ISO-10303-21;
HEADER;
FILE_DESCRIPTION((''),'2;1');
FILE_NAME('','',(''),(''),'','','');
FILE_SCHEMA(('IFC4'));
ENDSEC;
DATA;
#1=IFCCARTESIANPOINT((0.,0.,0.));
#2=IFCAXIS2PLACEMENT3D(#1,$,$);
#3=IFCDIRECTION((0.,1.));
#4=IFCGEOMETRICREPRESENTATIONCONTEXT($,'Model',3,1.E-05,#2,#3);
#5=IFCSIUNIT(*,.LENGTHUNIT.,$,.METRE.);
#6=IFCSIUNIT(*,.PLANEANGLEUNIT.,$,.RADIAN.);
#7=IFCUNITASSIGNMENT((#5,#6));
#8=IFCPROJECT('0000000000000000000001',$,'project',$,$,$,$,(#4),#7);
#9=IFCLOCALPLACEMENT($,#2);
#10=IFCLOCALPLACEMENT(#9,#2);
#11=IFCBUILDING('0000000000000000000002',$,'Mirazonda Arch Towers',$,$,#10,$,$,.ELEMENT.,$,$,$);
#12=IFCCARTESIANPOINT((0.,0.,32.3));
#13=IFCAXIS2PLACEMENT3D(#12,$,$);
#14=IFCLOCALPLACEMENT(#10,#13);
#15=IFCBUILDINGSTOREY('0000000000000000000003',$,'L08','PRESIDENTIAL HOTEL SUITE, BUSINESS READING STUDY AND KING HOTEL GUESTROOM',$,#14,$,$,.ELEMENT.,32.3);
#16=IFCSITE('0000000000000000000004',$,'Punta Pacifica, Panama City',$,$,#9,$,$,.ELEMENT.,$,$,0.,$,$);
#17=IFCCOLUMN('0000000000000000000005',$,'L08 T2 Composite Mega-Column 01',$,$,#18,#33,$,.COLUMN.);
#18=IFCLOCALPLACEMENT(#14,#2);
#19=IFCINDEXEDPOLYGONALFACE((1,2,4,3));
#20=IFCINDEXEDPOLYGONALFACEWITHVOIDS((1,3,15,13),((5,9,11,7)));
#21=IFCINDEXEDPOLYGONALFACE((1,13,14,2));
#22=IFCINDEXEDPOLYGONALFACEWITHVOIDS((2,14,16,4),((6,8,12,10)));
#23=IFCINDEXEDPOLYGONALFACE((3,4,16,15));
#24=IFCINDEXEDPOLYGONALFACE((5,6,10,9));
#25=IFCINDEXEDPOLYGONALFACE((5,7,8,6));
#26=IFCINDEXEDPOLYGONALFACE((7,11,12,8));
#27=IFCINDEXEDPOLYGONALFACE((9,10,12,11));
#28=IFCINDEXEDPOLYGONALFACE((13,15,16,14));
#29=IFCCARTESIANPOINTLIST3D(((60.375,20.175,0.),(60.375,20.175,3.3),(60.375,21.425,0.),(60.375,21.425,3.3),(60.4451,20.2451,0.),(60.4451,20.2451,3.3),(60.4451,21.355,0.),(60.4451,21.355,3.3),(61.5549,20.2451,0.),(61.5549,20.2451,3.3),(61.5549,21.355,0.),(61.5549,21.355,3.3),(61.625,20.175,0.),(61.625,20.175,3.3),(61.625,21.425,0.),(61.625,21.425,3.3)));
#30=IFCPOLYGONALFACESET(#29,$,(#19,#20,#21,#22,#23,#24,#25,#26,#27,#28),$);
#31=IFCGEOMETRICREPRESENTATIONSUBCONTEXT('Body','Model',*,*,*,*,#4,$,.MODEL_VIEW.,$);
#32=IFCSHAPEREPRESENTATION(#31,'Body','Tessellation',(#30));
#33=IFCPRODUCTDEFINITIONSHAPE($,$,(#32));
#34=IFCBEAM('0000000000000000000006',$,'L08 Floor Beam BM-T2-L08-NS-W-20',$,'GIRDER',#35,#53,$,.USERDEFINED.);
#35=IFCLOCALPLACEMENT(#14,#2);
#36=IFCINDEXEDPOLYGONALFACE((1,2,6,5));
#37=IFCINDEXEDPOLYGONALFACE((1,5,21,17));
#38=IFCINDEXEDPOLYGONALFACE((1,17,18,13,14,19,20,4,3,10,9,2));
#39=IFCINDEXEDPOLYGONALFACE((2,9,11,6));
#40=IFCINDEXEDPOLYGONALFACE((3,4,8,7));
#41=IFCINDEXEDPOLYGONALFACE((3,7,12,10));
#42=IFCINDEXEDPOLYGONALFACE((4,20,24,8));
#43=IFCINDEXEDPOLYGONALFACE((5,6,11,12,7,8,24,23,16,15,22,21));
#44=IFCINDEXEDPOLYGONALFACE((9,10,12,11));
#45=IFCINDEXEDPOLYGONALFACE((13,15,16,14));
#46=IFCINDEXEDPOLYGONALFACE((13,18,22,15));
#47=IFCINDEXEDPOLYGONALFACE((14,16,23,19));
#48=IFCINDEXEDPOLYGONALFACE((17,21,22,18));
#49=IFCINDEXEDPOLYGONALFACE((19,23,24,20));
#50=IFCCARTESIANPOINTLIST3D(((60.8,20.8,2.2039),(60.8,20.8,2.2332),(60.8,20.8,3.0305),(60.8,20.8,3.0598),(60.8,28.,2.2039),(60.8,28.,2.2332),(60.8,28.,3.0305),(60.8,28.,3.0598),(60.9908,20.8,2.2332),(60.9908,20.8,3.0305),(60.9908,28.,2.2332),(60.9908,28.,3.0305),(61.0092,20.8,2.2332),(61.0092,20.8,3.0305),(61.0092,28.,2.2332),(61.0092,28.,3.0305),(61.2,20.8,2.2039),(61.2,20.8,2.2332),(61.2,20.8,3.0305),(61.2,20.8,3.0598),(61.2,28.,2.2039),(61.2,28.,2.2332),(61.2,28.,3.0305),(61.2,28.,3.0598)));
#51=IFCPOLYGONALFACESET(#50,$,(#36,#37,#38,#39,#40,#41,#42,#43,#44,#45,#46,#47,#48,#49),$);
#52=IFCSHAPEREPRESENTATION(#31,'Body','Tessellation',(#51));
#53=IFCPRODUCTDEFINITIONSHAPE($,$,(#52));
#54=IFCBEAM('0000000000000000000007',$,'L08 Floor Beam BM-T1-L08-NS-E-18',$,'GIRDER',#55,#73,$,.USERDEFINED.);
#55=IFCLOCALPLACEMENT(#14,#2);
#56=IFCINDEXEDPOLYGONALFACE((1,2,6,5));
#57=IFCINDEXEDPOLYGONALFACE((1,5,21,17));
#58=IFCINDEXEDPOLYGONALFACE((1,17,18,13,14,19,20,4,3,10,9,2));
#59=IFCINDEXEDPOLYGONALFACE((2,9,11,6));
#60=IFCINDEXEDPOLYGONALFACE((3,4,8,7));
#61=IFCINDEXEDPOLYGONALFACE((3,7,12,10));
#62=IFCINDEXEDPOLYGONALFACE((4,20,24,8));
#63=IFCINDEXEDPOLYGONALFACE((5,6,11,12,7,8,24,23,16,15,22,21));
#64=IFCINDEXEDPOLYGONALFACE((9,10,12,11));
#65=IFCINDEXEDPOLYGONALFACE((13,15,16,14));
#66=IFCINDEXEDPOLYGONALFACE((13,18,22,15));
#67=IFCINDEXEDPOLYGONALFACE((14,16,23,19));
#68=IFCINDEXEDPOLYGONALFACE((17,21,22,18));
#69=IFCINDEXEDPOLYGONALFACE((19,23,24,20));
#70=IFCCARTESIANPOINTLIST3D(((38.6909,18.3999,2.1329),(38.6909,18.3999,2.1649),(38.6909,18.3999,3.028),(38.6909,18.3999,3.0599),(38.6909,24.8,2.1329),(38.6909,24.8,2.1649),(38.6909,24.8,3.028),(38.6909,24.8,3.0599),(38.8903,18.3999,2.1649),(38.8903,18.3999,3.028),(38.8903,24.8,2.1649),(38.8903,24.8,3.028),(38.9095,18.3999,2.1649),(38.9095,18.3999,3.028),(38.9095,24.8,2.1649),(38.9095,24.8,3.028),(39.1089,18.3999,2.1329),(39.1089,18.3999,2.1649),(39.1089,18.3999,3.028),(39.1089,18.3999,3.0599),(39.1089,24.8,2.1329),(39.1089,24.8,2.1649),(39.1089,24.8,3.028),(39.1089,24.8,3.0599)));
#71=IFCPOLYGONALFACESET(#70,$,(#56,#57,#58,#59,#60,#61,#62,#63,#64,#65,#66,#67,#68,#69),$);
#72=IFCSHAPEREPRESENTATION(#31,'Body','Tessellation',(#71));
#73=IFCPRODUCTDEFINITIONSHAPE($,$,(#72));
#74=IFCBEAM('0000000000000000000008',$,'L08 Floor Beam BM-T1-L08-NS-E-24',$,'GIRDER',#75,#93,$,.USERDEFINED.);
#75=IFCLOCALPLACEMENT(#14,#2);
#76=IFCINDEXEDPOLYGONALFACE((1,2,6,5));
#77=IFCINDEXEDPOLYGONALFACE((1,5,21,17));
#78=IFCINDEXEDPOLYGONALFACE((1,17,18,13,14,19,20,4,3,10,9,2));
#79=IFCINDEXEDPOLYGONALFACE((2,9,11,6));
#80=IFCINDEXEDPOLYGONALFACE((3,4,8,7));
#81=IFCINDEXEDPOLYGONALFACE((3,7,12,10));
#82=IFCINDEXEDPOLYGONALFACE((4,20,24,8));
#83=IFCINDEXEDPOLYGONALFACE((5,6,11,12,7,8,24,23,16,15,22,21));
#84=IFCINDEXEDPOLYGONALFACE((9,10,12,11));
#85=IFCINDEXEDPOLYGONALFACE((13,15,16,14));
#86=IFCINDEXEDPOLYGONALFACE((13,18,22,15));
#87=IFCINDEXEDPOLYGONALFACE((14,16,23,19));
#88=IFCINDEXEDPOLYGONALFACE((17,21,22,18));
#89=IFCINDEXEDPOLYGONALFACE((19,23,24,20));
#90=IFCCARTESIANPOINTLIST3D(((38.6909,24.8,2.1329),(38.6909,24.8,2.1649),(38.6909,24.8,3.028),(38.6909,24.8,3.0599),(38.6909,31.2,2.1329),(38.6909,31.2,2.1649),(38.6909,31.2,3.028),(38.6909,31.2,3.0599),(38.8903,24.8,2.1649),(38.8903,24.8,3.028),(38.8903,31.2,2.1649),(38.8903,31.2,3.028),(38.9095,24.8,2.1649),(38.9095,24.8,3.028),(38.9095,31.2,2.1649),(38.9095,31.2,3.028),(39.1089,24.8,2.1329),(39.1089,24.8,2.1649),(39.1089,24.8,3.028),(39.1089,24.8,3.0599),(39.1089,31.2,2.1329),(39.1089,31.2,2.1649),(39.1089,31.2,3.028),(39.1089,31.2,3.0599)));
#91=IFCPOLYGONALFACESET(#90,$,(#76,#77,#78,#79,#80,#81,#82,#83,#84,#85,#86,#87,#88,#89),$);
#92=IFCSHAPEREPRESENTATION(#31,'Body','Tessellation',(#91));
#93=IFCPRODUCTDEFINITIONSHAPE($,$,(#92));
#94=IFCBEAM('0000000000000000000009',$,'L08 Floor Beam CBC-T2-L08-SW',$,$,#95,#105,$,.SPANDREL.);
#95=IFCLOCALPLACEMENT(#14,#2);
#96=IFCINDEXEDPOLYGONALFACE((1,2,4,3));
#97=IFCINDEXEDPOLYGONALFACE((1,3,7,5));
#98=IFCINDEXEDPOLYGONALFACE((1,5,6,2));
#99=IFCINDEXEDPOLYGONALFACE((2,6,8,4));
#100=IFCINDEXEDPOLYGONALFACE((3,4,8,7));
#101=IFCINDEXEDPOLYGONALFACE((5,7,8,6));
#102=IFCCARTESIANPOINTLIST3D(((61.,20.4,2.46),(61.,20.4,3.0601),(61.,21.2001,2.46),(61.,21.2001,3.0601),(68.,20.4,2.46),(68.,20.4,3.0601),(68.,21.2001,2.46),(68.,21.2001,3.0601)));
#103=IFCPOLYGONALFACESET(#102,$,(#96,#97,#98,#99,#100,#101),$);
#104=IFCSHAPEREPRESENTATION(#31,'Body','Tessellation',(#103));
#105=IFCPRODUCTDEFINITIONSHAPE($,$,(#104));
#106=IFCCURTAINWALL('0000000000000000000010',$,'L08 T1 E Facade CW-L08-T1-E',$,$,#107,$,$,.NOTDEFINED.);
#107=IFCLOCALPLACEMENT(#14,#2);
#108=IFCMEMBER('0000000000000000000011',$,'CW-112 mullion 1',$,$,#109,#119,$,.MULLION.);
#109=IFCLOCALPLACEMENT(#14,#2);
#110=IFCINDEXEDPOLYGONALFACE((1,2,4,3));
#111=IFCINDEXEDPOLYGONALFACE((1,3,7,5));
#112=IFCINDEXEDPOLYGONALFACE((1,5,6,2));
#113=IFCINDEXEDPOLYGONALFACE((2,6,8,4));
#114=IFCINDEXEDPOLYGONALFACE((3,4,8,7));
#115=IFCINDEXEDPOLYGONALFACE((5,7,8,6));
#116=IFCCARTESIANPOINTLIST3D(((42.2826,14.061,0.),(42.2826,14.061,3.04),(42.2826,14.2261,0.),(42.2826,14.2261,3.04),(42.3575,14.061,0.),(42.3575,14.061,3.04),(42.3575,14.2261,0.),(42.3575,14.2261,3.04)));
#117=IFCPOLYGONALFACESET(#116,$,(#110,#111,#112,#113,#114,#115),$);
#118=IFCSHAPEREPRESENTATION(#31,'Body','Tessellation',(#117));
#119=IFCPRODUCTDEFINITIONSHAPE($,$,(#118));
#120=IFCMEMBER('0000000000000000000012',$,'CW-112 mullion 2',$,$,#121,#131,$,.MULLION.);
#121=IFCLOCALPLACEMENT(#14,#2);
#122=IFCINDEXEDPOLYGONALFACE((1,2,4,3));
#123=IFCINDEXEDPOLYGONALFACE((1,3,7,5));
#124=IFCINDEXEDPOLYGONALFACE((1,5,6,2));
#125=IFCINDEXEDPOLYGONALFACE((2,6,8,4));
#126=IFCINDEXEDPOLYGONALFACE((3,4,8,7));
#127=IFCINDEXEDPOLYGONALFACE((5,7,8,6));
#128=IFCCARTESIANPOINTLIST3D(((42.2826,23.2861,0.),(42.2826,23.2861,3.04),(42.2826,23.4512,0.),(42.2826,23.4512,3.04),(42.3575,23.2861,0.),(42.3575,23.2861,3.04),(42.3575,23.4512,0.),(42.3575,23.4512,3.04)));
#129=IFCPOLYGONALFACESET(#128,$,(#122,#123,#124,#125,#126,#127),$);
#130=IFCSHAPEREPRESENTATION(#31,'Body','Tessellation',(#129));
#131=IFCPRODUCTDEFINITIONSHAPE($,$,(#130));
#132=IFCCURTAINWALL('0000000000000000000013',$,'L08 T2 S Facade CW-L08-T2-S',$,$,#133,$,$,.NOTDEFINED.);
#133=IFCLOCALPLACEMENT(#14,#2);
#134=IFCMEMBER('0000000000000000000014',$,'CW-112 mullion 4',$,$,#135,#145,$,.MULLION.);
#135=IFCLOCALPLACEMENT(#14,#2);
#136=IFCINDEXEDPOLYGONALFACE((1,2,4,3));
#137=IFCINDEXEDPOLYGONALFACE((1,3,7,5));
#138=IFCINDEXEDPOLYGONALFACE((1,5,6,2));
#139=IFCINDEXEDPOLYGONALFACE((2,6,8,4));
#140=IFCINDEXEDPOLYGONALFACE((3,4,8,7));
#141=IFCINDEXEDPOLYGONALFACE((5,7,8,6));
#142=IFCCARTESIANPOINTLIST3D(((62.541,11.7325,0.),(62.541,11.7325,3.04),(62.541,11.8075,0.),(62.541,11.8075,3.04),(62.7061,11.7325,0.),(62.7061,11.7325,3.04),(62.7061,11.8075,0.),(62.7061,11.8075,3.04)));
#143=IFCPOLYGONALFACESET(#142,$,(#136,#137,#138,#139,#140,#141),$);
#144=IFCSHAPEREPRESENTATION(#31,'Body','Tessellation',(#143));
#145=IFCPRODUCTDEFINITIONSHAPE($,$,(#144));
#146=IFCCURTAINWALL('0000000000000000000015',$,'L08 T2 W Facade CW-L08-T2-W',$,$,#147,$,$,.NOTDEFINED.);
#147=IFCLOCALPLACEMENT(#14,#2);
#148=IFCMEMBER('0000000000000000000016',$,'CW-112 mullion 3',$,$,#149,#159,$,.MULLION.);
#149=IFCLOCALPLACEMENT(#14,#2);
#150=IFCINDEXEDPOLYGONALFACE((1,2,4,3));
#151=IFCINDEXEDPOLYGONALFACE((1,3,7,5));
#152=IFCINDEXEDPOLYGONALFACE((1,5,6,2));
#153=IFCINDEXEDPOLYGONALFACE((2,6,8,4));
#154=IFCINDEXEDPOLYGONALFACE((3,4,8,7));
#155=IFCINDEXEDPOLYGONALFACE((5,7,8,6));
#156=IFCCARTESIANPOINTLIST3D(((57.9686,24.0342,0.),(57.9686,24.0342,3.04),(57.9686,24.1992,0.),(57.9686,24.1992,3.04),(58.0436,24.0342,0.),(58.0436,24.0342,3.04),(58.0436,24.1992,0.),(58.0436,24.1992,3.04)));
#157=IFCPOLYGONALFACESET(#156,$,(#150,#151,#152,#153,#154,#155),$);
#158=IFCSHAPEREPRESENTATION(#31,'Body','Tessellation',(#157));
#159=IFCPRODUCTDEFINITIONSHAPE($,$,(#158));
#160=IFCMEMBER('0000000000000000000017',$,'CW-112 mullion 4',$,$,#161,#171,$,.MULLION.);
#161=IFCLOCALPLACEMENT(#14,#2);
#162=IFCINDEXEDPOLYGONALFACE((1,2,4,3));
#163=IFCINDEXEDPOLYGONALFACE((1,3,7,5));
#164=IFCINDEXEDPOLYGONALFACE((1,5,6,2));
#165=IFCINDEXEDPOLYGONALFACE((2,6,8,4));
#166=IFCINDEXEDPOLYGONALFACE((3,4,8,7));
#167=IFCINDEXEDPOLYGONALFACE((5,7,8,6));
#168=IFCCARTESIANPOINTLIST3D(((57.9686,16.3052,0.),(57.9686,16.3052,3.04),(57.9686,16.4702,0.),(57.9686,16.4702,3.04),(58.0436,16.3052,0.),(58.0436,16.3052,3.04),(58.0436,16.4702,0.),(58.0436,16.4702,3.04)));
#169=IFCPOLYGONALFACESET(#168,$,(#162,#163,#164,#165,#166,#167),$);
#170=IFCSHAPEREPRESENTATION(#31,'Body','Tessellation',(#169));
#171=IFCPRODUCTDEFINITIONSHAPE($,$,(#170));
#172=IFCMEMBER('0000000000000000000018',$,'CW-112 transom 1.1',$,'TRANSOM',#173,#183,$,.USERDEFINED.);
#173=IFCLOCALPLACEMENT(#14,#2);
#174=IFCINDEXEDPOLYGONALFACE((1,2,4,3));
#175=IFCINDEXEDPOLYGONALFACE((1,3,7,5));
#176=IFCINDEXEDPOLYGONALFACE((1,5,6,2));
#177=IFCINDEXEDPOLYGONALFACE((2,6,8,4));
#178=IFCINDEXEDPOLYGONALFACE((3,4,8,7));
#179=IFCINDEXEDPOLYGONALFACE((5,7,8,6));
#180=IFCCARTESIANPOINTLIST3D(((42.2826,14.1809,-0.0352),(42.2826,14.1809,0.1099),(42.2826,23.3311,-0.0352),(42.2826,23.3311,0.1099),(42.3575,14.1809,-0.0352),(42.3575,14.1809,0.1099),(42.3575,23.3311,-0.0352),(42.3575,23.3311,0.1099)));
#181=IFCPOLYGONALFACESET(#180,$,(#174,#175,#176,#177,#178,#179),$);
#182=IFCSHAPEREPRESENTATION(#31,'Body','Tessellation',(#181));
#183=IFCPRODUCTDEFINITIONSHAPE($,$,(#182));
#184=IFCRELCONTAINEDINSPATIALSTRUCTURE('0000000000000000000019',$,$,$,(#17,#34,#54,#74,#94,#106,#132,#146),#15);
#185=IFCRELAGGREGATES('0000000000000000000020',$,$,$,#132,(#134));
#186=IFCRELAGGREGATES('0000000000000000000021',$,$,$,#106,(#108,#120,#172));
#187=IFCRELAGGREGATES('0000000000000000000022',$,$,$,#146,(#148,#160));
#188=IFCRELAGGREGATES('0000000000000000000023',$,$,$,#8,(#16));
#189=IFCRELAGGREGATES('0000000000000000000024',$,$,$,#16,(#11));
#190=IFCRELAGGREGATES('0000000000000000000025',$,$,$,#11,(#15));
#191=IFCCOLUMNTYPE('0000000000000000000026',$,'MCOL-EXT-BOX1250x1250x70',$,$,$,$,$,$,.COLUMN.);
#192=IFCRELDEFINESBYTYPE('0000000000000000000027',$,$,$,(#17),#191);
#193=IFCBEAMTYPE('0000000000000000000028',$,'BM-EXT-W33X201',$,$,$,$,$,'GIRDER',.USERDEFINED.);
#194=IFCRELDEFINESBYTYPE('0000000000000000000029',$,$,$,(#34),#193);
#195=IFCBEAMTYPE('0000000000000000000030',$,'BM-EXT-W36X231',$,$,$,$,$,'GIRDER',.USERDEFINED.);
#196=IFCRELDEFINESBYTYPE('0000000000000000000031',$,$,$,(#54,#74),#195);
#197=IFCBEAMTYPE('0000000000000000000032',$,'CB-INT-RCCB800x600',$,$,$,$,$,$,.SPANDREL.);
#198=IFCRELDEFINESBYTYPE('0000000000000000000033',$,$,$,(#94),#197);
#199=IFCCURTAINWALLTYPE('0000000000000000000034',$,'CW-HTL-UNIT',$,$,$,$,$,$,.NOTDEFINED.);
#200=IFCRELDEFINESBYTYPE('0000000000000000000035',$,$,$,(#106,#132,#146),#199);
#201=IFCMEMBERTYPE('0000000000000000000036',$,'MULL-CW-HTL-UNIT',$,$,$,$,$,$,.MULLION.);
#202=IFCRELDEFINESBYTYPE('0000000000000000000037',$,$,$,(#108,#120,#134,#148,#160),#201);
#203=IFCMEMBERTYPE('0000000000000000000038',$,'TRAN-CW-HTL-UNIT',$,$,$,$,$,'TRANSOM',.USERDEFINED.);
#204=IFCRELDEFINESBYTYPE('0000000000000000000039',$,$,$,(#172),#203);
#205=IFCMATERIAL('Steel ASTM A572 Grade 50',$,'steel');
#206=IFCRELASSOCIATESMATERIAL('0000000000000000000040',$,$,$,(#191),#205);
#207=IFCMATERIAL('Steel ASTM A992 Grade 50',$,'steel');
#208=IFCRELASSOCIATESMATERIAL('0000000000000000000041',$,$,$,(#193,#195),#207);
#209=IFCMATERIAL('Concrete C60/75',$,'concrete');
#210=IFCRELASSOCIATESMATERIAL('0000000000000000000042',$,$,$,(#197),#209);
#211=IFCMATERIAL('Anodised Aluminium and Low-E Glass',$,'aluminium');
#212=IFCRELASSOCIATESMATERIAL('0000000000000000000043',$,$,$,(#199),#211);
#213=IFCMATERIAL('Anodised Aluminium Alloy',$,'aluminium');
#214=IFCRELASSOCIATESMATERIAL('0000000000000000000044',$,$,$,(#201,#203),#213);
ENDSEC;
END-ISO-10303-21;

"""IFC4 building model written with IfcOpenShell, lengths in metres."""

from ifc_helpers import new_model, si_unit, direction, frame, origin, origin_2d, place, context, subcontext, project, spatial, rectangle, hollow_rectangle, i_section, extrude, material, material_profile, profile_set, type_object, element, aggregate, save


model = new_model("IFC4")

# Units and contexts
model_context = context("Model", 3, precision=1e-05, world=origin(), true_north=direction((0.0, 1.0)))
body_context = subcontext(model_context, "Body", "Model", "MODEL_VIEW")
ifc_project = project(units=[si_unit("LENGTHUNIT", "METRE"), si_unit("PLANEANGLEUNIT", "RADIAN")], contexts=[model_context])

# Site, building, storey
site_placement = place(None, origin())
site = spatial("IfcSite", under=ifc_project, at=site_placement, Name="Punta Pacifica, Panama City", CompositionType="ELEMENT", RefElevation=0.0)
building_placement = place(site_placement, origin())
building = spatial("IfcBuilding", under=site, at=building_placement, Name="Mirazonda Arch Towers", CompositionType="ELEMENT")
storey_placement = place(building_placement, frame((0.0, 0.0, 32.3)))
storey = spatial("IfcBuildingStorey", under=building, at=storey_placement, Name="L08", Description="PRESIDENTIAL HOTEL SUITE, BUSINESS READING STUDY AND KING HOTEL GUESTROOM", CompositionType="ELEMENT", Elevation=32.3)

# Column
ifc_material_1 = material(Name="Steel ASTM A572 Grade 50", Category="steel")
ifc_material_profile_1 = material_profile(ifc_material_1, hollow_rectangle(XDim=1.25, YDim=1.25, WallThickness=0.0701, at=origin_2d()), Name="BOX1250x1250x70")
ifc_profile_set_1 = profile_set([ifc_material_profile_1], Name="Steel ASTM A572 Grade 50")
column_type = type_object("IfcColumnType", Name="MCOL-EXT-BOX1250x1250x70", PredefinedType="COLUMN", material=ifc_profile_set_1)
column_placement = place(storey_placement, frame((61.0, 20.8, 0.0), z_axis=(0.0, 0.0, 1.0), x_axis=(1.0, 0.0, 0.0)))
element("IfcColumn", 1, at=column_placement, inside=storey, type_object=column_type, Name="L08 T2 Composite Mega-Column 01", PredefinedType="COLUMN", context=body_context, shape_type="SweptSolid", body=[
    extrude(hollow_rectangle(XDim=1.25, YDim=1.25, WallThickness=0.0701, at=origin_2d()), origin(), (0.0, 0.0, 1.0), 3.3),
])

# Beams
ifc_material_2 = material(Name="Steel ASTM A992 Grade 50", Category="steel")
ifc_material_profile_2 = material_profile(ifc_material_2, i_section(OverallWidth=0.3999, OverallDepth=0.856, WebThickness=0.0183, FlangeThickness=0.0293, at=origin_2d()), Name="W33X201")
ifc_profile_set_2 = profile_set([ifc_material_profile_2], Name="Steel ASTM A992 Grade 50")
beam_type_1 = type_object("IfcBeamType", Name="BM-EXT-W33X201", ElementType="GIRDER", PredefinedType="USERDEFINED", material=ifc_profile_set_2)
beam_1_placement = place(storey_placement, frame((61.0, 20.8, 2.6318), z_axis=(0.0, 1.0, 0.0), x_axis=(-1.0, 0.0, 0.0)))
element("IfcBeam", 2, at=beam_1_placement, inside=storey, type_object=beam_type_1, Name="L08 Floor Beam BM-T2-L08-NS-W-20", ObjectType="GIRDER", PredefinedType="USERDEFINED", context=body_context, shape_type="SweptSolid", body=[
    extrude(i_section(OverallWidth=0.3999, OverallDepth=0.856, WebThickness=0.0183, FlangeThickness=0.0293, at=origin_2d()), origin(), (0.0, 0.0, 1.0), 7.2),
])
ifc_material_profile_3 = material_profile(ifc_material_2, i_section(OverallWidth=0.418, OverallDepth=0.927, WebThickness=0.0193, FlangeThickness=0.032, at=origin_2d()), Name="W36X231")
ifc_profile_set_3 = profile_set([ifc_material_profile_3], Name="Steel ASTM A992 Grade 50")
beam_type_2 = type_object("IfcBeamType", Name="BM-EXT-W36X231", ElementType="GIRDER", PredefinedType="USERDEFINED", material=ifc_profile_set_3)
beam_2_placement = place(storey_placement, frame((38.8999, 18.3999, 2.5964), z_axis=(0.0, 1.0, 0.0), x_axis=(-1.0, 0.0, 0.0)))
element("IfcBeam", 3, at=beam_2_placement, inside=storey, type_object=beam_type_2, Name="L08 Floor Beam BM-T1-L08-NS-E-18", ObjectType="GIRDER", PredefinedType="USERDEFINED", context=body_context, shape_type="SweptSolid", body=[
    extrude(i_section(OverallWidth=0.418, OverallDepth=0.927, WebThickness=0.0193, FlangeThickness=0.032, at=origin_2d()), origin(), (0.0, 0.0, 1.0), 6.4001),
])
beam_3_placement = place(storey_placement, frame((38.8999, 24.8, 2.5964), z_axis=(0.0, 1.0, 0.0), x_axis=(-1.0, 0.0, 0.0)))
element("IfcBeam", 4, at=beam_3_placement, inside=storey, type_object=beam_type_2, Name="L08 Floor Beam BM-T1-L08-NS-E-24", ObjectType="GIRDER", PredefinedType="USERDEFINED", context=body_context, shape_type="SweptSolid", body=[
    extrude(i_section(OverallWidth=0.418, OverallDepth=0.927, WebThickness=0.0193, FlangeThickness=0.032, at=origin_2d()), origin(), (0.0, 0.0, 1.0), 6.3999),
])
ifc_material_3 = material(Name="Concrete C60/75", Category="concrete")
ifc_material_profile_4 = material_profile(ifc_material_3, rectangle(XDim=0.8, YDim=0.6001, at=origin_2d()), Name="RCCB800x600")
ifc_profile_set_4 = profile_set([ifc_material_profile_4], Name="Concrete C60/75")
beam_type_3 = type_object("IfcBeamType", Name="CB-INT-RCCB800x600", PredefinedType="SPANDREL", material=ifc_profile_set_4)
beam_4_placement = place(storey_placement, frame((61.0, 20.8, 2.76), z_axis=(1.0, 0.0, 0.0), x_axis=(0.0, 1.0, 0.0)))
element("IfcBeam", 5, at=beam_4_placement, inside=storey, type_object=beam_type_3, Name="L08 Floor Beam CBC-T2-L08-SW", PredefinedType="SPANDREL", context=body_context, shape_type="SweptSolid", body=[
    extrude(rectangle(XDim=0.8, YDim=0.6001, at=origin_2d()), origin(), (0.0, 0.0, 1.0), 7.0),
])

# Curtain wall, members
ifc_material_4 = material(Name="Anodised Aluminium and Low-E Glass", Category="aluminium")
curtain_wall_type = type_object("IfcCurtainWallType", Name="CW-HTL-UNIT", PredefinedType="NOTDEFINED", material=ifc_material_4)
curtain_wall_1_placement = place(storey_placement, origin())
curtain_wall_1 = element("IfcCurtainWall", 6, at=curtain_wall_1_placement, inside=storey, type_object=curtain_wall_type, Name="L08 T1 E Facade CW-L08-T1-E", PredefinedType="NOTDEFINED")
ifc_material_5 = material(Name="Anodised Aluminium Alloy", Category="aluminium")
ifc_material_profile_5 = material_profile(ifc_material_5, rectangle(XDim=0.075, YDim=0.165, at=origin_2d()), Name="ALU-MULL-75x165")
ifc_profile_set_5 = profile_set([ifc_material_profile_5], Name="Anodised Aluminium Alloy")
member_type_1 = type_object("IfcMemberType", Name="MULL-CW-HTL-UNIT", PredefinedType="MULLION", material=ifc_profile_set_5)
member_1_placement = place(storey_placement, frame((42.3201, 14.1436, 0.0), z_axis=(0.0, 0.0, 1.0), x_axis=(-1.0, 0.0, 0.0)))
member_1 = element("IfcMember", 7, at=member_1_placement, type_object=member_type_1, Name="CW-112 mullion 1", PredefinedType="MULLION", context=body_context, shape_type="SweptSolid", body=[
    extrude(rectangle(XDim=0.075, YDim=0.165, at=origin_2d()), origin(), (0.0, 0.0, 1.0), 3.04),
])
member_2_placement = place(storey_placement, frame((42.3201, 23.3687, 0.0), z_axis=(0.0, 0.0, 1.0), x_axis=(-1.0, 0.0, 0.0)))
member_2 = element("IfcMember", 8, at=member_2_placement, type_object=member_type_1, Name="CW-112 mullion 2", PredefinedType="MULLION", context=body_context, shape_type="SweptSolid", body=[
    extrude(rectangle(XDim=0.075, YDim=0.165, at=origin_2d()), origin(), (0.0, 0.0, 1.0), 3.04),
])

# Curtain wall, member
curtain_wall_2_placement = place(storey_placement, origin())
curtain_wall_2 = element("IfcCurtainWall", 9, at=curtain_wall_2_placement, inside=storey, type_object=curtain_wall_type, Name="L08 T2 S Facade CW-L08-T2-S", PredefinedType="NOTDEFINED")
member_3_placement = place(storey_placement, frame((62.6235, 11.77, 0.0), z_axis=(0.0, 0.0, 1.0), x_axis=(0.0, -1.0, 0.0)))
member_3 = element("IfcMember", 10, at=member_3_placement, type_object=member_type_1, Name="CW-112 mullion 4", PredefinedType="MULLION", context=body_context, shape_type="SweptSolid", body=[
    extrude(rectangle(XDim=0.075, YDim=0.165, at=origin_2d()), origin(), (0.0, 0.0, 1.0), 3.04),
])
aggregate(curtain_wall_2, [member_3])

# Curtain wall, members
curtain_wall_3_placement = place(storey_placement, origin())
curtain_wall_3 = element("IfcCurtainWall", 11, at=curtain_wall_3_placement, inside=storey, type_object=curtain_wall_type, Name="L08 T2 W Facade CW-L08-T2-W", PredefinedType="NOTDEFINED")
member_4_placement = place(storey_placement, frame((58.0061, 24.1167, 0.0), z_axis=(0.0, 0.0, 1.0), x_axis=(1.0, 0.0, 0.0)))
member_4 = element("IfcMember", 12, at=member_4_placement, type_object=member_type_1, Name="CW-112 mullion 3", PredefinedType="MULLION", context=body_context, shape_type="SweptSolid", body=[
    extrude(rectangle(XDim=0.075, YDim=0.165, at=origin_2d()), origin(), (0.0, 0.0, 1.0), 3.04),
])
member_5_placement = place(storey_placement, frame((58.0061, 16.3877, 0.0), z_axis=(0.0, 0.0, 1.0), x_axis=(1.0, 0.0, 0.0)))
member_5 = element("IfcMember", 13, at=member_5_placement, type_object=member_type_1, Name="CW-112 mullion 4", PredefinedType="MULLION", context=body_context, shape_type="SweptSolid", body=[
    extrude(rectangle(XDim=0.075, YDim=0.165, at=origin_2d()), origin(), (0.0, 0.0, 1.0), 3.04),
])

# Member
ifc_material_profile_6 = material_profile(ifc_material_5, rectangle(XDim=0.075, YDim=0.145, at=origin_2d()), Name="ALU-TRAN-75x145")
ifc_profile_set_6 = profile_set([ifc_material_profile_6], Name="Anodised Aluminium Alloy")
member_type_2 = type_object("IfcMemberType", Name="TRAN-CW-HTL-UNIT", ElementType="TRANSOM", PredefinedType="USERDEFINED", material=ifc_profile_set_6)
member_6_placement = place(storey_placement, frame((42.3201, 14.1809, 0.0374), z_axis=(0.0, 1.0, 0.0), x_axis=(-1.0, 0.0, 0.0)))
member_6 = element("IfcMember", 14, at=member_6_placement, type_object=member_type_2, Name="CW-112 transom 1.1", ObjectType="TRANSOM", PredefinedType="USERDEFINED", context=body_context, shape_type="SweptSolid", body=[
    extrude(rectangle(XDim=0.075, YDim=0.145, at=origin_2d()), origin(), (0.0, 0.0, 1.0), 9.1501),
])

aggregate(curtain_wall_1, [member_1, member_2, member_6])
aggregate(curtain_wall_3, [member_4, member_5])

save(model, "model.ifc")
